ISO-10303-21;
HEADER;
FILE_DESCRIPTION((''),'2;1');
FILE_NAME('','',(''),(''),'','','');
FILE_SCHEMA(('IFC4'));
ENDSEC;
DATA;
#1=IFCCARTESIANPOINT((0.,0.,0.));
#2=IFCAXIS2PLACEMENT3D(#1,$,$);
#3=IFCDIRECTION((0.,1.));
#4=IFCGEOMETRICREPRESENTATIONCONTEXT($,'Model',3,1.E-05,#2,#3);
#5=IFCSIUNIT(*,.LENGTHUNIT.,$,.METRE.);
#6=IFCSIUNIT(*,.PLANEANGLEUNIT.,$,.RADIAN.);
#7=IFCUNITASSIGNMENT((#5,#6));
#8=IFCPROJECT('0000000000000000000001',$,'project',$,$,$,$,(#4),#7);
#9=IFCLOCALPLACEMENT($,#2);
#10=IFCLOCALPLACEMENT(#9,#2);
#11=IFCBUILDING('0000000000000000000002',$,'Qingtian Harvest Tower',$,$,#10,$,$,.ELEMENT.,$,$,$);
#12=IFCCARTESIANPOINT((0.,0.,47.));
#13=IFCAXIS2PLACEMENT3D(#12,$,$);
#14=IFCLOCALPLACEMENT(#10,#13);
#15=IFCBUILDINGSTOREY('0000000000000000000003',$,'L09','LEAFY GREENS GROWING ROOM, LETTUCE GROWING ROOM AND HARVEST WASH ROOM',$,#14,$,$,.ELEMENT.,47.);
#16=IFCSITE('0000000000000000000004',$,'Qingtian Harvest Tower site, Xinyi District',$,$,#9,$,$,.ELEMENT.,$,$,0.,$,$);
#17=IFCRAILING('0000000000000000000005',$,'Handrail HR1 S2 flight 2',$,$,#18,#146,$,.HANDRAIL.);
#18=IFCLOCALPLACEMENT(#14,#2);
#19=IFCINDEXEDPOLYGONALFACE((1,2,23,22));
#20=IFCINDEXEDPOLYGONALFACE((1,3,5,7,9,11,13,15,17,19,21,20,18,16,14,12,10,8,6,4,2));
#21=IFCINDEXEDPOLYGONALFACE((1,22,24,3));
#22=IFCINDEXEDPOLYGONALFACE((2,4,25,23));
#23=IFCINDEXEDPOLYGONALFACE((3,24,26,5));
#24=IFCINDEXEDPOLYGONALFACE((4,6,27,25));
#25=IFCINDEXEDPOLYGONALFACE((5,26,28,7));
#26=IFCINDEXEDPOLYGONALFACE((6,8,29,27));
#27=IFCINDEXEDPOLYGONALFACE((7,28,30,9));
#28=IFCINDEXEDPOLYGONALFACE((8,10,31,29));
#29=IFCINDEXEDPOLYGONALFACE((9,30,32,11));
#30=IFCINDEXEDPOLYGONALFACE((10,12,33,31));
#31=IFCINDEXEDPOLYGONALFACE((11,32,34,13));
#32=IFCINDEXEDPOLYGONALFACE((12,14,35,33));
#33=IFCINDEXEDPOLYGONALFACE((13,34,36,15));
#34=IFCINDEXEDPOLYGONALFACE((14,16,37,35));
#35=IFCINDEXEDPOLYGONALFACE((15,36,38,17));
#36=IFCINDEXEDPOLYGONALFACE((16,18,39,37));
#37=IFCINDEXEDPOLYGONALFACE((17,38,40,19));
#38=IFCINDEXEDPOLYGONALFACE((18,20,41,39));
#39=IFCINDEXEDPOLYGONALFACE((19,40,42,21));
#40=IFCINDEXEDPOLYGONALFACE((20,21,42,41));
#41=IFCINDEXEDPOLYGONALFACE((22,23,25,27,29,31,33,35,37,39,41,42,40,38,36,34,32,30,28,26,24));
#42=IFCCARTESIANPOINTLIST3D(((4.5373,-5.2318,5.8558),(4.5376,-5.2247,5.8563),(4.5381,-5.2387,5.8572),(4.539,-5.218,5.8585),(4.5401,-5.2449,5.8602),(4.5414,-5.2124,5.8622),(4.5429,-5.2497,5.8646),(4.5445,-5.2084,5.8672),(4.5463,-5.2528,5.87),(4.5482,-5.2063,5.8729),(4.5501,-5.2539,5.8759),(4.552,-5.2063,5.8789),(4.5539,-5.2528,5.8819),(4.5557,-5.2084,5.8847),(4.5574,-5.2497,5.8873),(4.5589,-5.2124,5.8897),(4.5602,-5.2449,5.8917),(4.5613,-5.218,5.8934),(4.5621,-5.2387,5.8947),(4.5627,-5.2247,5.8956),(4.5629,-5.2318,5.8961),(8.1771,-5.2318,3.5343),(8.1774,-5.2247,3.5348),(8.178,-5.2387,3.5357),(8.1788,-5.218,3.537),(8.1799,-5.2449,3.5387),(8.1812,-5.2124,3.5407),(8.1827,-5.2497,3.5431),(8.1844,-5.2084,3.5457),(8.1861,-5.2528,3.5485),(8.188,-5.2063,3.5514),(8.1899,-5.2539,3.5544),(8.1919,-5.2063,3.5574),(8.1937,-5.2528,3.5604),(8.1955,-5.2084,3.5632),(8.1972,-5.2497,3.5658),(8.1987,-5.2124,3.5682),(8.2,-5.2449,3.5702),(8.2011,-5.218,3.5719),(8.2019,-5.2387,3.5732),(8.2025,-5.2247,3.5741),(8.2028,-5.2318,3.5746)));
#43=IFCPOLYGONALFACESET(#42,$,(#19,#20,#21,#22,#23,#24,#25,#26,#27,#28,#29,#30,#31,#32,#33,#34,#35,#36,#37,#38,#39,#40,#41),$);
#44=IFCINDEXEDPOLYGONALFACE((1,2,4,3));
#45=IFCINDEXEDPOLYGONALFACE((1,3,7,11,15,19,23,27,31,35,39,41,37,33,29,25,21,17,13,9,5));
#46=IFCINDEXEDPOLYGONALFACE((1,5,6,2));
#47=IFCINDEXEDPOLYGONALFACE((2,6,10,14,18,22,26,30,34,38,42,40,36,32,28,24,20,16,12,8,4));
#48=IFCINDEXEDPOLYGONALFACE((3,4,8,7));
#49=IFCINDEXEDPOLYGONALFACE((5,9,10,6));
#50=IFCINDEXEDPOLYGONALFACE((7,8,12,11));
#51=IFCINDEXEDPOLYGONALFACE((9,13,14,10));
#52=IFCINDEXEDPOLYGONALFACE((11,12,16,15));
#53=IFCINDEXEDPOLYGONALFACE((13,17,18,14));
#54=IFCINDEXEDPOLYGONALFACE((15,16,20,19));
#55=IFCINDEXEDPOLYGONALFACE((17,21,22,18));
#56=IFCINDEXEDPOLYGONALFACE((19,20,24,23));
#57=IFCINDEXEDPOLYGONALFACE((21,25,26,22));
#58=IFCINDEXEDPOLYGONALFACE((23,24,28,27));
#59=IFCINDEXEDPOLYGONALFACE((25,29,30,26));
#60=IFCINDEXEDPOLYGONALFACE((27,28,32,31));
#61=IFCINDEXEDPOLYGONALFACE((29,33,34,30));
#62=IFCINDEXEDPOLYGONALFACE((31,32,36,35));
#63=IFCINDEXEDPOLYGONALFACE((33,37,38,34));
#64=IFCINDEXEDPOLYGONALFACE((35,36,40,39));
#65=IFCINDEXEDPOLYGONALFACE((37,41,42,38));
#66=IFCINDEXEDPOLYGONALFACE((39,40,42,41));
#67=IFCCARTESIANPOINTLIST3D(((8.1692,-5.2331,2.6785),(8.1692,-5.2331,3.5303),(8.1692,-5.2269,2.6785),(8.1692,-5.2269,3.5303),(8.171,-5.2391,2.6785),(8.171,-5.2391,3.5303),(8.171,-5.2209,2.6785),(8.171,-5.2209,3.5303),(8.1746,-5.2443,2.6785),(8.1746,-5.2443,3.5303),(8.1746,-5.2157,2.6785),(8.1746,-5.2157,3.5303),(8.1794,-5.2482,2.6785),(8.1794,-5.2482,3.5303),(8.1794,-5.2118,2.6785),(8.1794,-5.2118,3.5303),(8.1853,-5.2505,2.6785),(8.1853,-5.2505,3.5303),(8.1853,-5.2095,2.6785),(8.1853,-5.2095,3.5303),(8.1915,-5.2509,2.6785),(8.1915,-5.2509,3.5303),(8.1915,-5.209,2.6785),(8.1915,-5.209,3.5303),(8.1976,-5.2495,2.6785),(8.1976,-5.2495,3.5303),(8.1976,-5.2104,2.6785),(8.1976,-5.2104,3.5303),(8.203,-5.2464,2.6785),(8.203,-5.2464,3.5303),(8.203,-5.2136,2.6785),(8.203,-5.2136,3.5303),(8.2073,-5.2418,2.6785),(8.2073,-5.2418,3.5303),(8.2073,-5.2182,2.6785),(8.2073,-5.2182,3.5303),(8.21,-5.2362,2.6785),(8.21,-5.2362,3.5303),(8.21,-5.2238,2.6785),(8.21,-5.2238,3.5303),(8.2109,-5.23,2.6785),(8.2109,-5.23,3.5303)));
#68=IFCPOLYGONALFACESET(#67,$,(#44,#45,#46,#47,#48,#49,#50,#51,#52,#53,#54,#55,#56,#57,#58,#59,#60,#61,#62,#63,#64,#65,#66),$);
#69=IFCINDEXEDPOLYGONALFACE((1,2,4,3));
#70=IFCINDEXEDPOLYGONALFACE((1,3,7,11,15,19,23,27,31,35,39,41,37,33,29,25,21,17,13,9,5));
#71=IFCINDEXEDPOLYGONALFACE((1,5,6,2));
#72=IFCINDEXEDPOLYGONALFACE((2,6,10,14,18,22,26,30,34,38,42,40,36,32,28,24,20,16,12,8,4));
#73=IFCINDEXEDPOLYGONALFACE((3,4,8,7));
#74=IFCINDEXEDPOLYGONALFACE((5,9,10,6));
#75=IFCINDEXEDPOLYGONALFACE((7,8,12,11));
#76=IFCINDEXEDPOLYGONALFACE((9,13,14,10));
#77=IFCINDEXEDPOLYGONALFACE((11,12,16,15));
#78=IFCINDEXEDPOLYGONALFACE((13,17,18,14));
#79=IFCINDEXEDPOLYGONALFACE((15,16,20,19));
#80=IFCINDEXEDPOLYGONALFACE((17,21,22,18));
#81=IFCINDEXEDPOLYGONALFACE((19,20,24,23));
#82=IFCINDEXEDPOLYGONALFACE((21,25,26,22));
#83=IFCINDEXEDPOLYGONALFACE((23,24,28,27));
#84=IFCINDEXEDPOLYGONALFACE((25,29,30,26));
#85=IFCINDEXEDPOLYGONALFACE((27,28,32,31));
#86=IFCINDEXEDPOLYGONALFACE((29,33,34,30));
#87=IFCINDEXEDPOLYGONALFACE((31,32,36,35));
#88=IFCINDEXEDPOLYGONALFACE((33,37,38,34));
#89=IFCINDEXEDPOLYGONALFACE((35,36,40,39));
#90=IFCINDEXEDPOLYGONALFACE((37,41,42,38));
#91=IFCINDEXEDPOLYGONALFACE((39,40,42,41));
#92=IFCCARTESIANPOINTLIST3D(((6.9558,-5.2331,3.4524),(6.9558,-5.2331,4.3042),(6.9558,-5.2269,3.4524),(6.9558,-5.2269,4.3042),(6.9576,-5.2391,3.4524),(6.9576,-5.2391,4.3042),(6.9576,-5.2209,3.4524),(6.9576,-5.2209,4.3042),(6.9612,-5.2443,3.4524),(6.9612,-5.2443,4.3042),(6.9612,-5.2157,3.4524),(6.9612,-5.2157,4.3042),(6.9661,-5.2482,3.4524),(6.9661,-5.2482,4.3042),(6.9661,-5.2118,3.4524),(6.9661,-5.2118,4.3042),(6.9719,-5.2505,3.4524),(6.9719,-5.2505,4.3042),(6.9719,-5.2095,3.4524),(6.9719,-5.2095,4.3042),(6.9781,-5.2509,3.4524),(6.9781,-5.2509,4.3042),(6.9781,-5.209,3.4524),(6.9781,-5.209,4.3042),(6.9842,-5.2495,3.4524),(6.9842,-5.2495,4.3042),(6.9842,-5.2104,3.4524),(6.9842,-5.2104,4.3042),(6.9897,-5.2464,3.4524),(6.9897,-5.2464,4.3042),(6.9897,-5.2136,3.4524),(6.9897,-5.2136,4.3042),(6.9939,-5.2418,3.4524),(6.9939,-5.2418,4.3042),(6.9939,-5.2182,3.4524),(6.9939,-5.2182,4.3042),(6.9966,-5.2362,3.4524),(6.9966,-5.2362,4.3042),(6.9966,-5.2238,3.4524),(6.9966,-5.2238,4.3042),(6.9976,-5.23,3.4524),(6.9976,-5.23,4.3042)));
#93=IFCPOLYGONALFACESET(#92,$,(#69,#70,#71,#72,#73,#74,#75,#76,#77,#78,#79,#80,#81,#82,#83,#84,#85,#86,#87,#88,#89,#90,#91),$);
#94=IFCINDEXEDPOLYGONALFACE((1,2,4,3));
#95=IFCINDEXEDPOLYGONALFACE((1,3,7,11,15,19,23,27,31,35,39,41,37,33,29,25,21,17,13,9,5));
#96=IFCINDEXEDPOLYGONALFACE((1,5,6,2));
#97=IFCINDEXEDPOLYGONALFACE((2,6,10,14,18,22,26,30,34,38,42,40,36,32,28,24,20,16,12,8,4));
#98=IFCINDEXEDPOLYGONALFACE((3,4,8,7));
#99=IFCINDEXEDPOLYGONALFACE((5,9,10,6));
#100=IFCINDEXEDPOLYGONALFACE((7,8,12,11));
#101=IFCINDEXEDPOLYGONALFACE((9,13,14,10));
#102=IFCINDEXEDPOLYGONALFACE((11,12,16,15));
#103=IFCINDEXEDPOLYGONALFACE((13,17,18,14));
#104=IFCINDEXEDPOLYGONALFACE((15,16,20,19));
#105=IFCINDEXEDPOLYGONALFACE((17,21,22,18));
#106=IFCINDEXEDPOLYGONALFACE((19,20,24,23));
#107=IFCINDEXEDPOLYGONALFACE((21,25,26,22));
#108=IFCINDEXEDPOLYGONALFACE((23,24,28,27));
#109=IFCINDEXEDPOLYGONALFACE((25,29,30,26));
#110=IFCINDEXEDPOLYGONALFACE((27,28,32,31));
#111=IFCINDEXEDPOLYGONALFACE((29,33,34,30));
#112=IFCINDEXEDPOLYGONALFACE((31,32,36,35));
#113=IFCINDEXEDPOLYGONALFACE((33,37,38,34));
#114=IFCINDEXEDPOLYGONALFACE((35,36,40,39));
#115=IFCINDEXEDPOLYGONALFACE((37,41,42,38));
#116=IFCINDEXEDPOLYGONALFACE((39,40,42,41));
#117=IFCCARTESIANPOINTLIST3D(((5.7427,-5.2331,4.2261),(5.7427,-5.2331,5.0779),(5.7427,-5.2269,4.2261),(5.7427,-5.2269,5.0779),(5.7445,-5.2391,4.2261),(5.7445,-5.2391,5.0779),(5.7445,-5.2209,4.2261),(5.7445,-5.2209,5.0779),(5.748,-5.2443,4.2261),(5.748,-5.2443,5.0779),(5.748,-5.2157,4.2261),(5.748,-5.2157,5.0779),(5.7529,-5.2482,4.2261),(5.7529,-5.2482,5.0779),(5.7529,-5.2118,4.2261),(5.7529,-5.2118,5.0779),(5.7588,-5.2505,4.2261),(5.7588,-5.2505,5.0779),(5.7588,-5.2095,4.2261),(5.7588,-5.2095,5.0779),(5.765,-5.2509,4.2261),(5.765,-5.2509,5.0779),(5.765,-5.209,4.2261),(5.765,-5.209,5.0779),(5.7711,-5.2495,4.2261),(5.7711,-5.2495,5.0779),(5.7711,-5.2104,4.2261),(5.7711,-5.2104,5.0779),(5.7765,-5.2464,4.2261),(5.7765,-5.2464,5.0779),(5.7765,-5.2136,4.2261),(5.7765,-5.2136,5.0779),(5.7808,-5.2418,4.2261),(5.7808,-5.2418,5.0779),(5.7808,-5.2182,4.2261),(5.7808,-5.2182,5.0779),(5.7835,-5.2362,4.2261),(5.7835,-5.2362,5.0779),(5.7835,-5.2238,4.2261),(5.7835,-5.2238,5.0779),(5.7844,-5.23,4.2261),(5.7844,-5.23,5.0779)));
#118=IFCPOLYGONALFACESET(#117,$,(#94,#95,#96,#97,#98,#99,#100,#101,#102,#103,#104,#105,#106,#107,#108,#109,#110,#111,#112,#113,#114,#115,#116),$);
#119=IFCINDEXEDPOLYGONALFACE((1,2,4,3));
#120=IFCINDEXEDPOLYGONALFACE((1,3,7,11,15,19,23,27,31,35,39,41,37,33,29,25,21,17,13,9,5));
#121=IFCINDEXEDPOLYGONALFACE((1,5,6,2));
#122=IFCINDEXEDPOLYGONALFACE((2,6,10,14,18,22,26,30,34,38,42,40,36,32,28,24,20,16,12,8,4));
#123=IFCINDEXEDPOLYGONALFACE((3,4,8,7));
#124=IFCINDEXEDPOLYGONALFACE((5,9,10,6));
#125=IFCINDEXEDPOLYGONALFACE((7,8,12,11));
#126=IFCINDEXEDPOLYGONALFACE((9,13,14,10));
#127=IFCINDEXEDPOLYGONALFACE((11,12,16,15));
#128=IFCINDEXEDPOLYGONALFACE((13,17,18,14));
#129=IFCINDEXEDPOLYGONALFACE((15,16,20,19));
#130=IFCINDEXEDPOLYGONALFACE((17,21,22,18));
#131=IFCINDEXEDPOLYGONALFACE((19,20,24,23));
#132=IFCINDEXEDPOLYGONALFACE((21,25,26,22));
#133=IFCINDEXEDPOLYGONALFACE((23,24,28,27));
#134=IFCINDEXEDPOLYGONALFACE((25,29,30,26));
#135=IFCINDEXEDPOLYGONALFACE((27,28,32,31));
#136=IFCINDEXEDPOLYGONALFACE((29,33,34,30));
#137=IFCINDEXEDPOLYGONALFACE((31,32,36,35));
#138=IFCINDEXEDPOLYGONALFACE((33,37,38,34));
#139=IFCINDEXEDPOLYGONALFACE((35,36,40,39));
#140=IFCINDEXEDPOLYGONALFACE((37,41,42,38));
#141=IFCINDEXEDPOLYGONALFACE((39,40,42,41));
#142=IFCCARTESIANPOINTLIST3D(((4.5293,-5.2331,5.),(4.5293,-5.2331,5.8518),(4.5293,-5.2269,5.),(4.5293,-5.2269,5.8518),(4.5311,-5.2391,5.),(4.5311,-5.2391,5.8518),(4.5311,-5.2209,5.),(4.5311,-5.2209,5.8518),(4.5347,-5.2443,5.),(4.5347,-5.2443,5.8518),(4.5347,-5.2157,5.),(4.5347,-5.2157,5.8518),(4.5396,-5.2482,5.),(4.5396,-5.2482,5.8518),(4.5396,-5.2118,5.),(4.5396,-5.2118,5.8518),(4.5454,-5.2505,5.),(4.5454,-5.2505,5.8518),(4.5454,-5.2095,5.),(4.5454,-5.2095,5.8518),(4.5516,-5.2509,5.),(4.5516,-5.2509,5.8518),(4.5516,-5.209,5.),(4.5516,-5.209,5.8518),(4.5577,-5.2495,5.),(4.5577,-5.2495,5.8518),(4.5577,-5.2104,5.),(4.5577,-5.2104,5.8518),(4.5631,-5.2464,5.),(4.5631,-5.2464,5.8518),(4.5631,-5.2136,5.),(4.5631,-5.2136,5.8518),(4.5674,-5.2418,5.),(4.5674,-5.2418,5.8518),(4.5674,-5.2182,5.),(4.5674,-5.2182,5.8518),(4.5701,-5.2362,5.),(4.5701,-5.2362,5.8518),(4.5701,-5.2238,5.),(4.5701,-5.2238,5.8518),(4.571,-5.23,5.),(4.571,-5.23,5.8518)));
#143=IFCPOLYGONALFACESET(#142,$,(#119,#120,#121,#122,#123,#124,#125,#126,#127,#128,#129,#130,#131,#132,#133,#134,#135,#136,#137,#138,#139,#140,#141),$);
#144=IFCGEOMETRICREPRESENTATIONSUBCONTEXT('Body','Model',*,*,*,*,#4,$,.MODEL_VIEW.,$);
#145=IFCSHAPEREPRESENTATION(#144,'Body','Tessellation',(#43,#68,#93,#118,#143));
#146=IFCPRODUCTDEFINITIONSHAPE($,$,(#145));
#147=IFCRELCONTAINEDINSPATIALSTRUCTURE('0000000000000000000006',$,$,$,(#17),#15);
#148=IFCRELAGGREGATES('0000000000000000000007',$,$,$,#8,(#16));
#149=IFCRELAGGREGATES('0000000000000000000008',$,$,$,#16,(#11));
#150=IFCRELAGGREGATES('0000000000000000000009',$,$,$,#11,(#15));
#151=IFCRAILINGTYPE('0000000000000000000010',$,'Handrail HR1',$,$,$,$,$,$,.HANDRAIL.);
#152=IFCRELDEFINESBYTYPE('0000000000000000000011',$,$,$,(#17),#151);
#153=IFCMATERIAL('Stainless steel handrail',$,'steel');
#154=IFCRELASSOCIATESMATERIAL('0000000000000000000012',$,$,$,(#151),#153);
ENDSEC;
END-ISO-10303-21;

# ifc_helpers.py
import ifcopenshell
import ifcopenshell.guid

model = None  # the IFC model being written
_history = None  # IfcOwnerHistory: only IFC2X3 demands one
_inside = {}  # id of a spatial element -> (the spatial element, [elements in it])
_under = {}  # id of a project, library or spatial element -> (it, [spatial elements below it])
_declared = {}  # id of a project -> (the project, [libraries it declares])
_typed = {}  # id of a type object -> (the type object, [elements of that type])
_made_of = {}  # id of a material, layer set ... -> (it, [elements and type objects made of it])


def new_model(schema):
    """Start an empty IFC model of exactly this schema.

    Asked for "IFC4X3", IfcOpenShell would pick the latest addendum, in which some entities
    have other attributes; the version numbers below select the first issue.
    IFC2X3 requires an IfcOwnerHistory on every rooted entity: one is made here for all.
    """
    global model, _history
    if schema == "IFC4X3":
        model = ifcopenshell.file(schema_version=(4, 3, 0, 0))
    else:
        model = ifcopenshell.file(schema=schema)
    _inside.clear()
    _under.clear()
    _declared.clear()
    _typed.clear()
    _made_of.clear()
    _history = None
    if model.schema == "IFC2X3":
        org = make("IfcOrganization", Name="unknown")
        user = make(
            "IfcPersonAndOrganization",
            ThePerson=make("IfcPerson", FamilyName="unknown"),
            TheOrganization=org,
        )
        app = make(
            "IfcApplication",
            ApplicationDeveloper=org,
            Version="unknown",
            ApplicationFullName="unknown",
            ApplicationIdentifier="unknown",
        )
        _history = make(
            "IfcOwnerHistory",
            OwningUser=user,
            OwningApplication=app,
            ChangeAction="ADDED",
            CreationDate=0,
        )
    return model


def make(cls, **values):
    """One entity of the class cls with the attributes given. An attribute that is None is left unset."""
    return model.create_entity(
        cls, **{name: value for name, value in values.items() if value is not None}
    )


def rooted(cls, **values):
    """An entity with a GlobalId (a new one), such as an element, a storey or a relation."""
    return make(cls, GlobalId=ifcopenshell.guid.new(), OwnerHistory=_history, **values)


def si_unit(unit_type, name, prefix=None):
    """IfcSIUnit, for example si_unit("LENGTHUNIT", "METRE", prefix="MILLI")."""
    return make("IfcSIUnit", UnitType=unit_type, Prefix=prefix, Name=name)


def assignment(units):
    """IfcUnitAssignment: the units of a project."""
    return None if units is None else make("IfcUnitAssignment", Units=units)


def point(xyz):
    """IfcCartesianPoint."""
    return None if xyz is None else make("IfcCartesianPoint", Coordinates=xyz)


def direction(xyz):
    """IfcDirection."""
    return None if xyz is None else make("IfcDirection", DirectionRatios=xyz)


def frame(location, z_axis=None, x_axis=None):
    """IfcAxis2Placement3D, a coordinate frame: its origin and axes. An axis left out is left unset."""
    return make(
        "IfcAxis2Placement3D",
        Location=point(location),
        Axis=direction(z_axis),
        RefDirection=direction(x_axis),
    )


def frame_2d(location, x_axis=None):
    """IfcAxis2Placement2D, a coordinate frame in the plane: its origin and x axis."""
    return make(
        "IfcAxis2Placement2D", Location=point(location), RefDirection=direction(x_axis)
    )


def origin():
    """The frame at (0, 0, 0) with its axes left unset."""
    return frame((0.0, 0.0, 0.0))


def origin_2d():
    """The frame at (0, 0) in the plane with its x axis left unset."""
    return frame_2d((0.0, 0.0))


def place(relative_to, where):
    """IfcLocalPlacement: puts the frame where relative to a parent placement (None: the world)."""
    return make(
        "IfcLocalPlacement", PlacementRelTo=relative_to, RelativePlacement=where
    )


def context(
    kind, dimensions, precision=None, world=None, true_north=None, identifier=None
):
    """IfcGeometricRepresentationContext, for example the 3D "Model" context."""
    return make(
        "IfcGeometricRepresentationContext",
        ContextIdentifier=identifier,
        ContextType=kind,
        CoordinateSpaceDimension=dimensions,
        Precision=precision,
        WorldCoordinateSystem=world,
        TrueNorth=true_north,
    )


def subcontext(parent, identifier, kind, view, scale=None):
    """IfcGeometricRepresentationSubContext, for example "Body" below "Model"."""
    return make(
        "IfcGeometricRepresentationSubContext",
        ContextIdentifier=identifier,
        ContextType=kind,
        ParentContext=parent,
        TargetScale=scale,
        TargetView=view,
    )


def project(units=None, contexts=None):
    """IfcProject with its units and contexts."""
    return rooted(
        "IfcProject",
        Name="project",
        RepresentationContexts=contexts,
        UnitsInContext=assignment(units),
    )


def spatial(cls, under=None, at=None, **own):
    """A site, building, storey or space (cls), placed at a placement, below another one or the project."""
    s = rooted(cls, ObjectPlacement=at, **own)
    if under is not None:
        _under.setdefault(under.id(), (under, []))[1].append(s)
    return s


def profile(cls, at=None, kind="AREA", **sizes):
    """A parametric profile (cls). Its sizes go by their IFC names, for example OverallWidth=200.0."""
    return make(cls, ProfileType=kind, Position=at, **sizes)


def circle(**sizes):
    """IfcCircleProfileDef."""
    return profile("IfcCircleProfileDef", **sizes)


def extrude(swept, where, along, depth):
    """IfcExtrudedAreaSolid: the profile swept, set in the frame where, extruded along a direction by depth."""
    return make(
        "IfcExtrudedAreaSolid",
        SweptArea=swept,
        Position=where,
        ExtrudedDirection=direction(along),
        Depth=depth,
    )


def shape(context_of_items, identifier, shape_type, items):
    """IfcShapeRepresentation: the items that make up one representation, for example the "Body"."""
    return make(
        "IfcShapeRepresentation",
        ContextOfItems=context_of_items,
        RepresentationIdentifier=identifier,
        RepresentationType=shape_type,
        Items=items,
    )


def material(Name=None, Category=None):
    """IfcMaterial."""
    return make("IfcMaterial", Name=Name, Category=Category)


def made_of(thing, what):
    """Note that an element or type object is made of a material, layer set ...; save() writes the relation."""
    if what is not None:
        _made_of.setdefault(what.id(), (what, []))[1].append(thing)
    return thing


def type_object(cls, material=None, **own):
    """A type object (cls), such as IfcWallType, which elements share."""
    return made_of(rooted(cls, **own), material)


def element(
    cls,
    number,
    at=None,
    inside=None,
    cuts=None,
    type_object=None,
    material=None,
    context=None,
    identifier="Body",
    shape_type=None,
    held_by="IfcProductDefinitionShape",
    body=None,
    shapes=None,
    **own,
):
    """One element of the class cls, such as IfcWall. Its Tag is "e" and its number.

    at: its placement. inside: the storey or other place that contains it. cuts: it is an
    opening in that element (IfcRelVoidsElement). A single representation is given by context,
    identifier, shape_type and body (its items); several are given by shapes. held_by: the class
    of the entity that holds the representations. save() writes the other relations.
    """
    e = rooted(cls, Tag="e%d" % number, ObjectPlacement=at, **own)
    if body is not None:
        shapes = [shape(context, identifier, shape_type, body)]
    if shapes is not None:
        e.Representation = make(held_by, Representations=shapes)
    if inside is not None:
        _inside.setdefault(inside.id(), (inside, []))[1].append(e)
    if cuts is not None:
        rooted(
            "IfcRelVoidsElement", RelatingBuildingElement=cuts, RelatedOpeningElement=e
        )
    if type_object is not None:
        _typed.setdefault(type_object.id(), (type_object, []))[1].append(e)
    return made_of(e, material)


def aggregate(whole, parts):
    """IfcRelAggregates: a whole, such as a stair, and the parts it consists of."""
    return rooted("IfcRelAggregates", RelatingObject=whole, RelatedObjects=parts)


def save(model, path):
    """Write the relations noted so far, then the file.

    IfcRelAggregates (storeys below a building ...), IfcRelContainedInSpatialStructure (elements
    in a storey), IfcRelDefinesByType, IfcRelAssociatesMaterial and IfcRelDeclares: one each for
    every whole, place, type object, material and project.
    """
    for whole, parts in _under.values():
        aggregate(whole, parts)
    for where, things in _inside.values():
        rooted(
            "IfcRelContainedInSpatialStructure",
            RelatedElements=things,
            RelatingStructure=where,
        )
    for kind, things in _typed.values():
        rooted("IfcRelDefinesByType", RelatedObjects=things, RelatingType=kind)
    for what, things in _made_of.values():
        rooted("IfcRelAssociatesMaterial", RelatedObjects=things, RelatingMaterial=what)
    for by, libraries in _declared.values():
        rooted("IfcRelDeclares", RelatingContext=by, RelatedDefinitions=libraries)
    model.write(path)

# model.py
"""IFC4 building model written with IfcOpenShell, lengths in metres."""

from ifc_helpers import new_model, si_unit, direction, frame, origin, origin_2d, place, context, subcontext, project, spatial, circle, extrude, material, type_object, element, save


model = new_model("IFC4")

# Units and contexts
model_context = context("Model", 3, precision=1e-05, world=origin(), true_north=direction((0.0, 1.0)))
body_context = subcontext(model_context, "Body", "Model", "MODEL_VIEW")
ifc_project = project(units=[si_unit("LENGTHUNIT", "METRE"), si_unit("PLANEANGLEUNIT", "RADIAN")], contexts=[model_context])

# Site, building, storey
site_placement = place(None, origin())
site = spatial("IfcSite", under=ifc_project, at=site_placement, Name="Qingtian Harvest Tower site, Xinyi District", CompositionType="ELEMENT", RefElevation=0.0)
building_placement = place(site_placement, origin())
building = spatial("IfcBuilding", under=site, at=building_placement, Name="Qingtian Harvest Tower", CompositionType="ELEMENT")
storey_placement = place(building_placement, frame((0.0, 0.0, 47.0)))
storey = spatial("IfcBuildingStorey", under=building, at=storey_placement, Name="L09", Description="LEAFY GREENS GROWING ROOM, LETTUCE GROWING ROOM AND HARVEST WASH ROOM", CompositionType="ELEMENT", Elevation=47.0)

# Railing
ifc_material_1 = material(Name="Stainless steel handrail", Category="steel")
railing_type = type_object("IfcRailingType", Name="Handrail HR1", PredefinedType="HANDRAIL", material=ifc_material_1)
railing_1_placement = place(storey_placement, frame((8.1899, -5.23, 2.6785)))
element("IfcRailing", 1, at=railing_1_placement, inside=storey, type_object=railing_type, Name="Handrail HR1 S2 flight 2", PredefinedType="HANDRAIL", context=body_context, shape_type="SweptSolid", body=[
    extrude(circle(Radius=0.0239, at=origin_2d()), frame((0.0, 0.0, 0.876), z_axis=(-0.843112, 0.0, 0.537739), x_axis=(0.0, -1.0, 0.0)), (0.0, 0.0, 1.0), 4.3171),
    extrude(circle(Radius=0.021, at=origin_2d()), origin(), (0.0, 0.0, 1.0), 0.8518),
    extrude(circle(Radius=0.021, at=origin_2d()), frame((-1.2134, 0.0, 0.7739)), (0.0, 0.0, 1.0), 0.8518),
    extrude(circle(Radius=0.021, at=origin_2d()), frame((-2.4265, 0.0, 1.5476)), (0.0, 0.0, 1.0), 0.8518),
    extrude(circle(Radius=0.021, at=origin_2d()), frame((-3.6399, 0.0, 2.3215)), (0.0, 0.0, 1.0), 0.8518),
])

save(model, "model.ifc")
